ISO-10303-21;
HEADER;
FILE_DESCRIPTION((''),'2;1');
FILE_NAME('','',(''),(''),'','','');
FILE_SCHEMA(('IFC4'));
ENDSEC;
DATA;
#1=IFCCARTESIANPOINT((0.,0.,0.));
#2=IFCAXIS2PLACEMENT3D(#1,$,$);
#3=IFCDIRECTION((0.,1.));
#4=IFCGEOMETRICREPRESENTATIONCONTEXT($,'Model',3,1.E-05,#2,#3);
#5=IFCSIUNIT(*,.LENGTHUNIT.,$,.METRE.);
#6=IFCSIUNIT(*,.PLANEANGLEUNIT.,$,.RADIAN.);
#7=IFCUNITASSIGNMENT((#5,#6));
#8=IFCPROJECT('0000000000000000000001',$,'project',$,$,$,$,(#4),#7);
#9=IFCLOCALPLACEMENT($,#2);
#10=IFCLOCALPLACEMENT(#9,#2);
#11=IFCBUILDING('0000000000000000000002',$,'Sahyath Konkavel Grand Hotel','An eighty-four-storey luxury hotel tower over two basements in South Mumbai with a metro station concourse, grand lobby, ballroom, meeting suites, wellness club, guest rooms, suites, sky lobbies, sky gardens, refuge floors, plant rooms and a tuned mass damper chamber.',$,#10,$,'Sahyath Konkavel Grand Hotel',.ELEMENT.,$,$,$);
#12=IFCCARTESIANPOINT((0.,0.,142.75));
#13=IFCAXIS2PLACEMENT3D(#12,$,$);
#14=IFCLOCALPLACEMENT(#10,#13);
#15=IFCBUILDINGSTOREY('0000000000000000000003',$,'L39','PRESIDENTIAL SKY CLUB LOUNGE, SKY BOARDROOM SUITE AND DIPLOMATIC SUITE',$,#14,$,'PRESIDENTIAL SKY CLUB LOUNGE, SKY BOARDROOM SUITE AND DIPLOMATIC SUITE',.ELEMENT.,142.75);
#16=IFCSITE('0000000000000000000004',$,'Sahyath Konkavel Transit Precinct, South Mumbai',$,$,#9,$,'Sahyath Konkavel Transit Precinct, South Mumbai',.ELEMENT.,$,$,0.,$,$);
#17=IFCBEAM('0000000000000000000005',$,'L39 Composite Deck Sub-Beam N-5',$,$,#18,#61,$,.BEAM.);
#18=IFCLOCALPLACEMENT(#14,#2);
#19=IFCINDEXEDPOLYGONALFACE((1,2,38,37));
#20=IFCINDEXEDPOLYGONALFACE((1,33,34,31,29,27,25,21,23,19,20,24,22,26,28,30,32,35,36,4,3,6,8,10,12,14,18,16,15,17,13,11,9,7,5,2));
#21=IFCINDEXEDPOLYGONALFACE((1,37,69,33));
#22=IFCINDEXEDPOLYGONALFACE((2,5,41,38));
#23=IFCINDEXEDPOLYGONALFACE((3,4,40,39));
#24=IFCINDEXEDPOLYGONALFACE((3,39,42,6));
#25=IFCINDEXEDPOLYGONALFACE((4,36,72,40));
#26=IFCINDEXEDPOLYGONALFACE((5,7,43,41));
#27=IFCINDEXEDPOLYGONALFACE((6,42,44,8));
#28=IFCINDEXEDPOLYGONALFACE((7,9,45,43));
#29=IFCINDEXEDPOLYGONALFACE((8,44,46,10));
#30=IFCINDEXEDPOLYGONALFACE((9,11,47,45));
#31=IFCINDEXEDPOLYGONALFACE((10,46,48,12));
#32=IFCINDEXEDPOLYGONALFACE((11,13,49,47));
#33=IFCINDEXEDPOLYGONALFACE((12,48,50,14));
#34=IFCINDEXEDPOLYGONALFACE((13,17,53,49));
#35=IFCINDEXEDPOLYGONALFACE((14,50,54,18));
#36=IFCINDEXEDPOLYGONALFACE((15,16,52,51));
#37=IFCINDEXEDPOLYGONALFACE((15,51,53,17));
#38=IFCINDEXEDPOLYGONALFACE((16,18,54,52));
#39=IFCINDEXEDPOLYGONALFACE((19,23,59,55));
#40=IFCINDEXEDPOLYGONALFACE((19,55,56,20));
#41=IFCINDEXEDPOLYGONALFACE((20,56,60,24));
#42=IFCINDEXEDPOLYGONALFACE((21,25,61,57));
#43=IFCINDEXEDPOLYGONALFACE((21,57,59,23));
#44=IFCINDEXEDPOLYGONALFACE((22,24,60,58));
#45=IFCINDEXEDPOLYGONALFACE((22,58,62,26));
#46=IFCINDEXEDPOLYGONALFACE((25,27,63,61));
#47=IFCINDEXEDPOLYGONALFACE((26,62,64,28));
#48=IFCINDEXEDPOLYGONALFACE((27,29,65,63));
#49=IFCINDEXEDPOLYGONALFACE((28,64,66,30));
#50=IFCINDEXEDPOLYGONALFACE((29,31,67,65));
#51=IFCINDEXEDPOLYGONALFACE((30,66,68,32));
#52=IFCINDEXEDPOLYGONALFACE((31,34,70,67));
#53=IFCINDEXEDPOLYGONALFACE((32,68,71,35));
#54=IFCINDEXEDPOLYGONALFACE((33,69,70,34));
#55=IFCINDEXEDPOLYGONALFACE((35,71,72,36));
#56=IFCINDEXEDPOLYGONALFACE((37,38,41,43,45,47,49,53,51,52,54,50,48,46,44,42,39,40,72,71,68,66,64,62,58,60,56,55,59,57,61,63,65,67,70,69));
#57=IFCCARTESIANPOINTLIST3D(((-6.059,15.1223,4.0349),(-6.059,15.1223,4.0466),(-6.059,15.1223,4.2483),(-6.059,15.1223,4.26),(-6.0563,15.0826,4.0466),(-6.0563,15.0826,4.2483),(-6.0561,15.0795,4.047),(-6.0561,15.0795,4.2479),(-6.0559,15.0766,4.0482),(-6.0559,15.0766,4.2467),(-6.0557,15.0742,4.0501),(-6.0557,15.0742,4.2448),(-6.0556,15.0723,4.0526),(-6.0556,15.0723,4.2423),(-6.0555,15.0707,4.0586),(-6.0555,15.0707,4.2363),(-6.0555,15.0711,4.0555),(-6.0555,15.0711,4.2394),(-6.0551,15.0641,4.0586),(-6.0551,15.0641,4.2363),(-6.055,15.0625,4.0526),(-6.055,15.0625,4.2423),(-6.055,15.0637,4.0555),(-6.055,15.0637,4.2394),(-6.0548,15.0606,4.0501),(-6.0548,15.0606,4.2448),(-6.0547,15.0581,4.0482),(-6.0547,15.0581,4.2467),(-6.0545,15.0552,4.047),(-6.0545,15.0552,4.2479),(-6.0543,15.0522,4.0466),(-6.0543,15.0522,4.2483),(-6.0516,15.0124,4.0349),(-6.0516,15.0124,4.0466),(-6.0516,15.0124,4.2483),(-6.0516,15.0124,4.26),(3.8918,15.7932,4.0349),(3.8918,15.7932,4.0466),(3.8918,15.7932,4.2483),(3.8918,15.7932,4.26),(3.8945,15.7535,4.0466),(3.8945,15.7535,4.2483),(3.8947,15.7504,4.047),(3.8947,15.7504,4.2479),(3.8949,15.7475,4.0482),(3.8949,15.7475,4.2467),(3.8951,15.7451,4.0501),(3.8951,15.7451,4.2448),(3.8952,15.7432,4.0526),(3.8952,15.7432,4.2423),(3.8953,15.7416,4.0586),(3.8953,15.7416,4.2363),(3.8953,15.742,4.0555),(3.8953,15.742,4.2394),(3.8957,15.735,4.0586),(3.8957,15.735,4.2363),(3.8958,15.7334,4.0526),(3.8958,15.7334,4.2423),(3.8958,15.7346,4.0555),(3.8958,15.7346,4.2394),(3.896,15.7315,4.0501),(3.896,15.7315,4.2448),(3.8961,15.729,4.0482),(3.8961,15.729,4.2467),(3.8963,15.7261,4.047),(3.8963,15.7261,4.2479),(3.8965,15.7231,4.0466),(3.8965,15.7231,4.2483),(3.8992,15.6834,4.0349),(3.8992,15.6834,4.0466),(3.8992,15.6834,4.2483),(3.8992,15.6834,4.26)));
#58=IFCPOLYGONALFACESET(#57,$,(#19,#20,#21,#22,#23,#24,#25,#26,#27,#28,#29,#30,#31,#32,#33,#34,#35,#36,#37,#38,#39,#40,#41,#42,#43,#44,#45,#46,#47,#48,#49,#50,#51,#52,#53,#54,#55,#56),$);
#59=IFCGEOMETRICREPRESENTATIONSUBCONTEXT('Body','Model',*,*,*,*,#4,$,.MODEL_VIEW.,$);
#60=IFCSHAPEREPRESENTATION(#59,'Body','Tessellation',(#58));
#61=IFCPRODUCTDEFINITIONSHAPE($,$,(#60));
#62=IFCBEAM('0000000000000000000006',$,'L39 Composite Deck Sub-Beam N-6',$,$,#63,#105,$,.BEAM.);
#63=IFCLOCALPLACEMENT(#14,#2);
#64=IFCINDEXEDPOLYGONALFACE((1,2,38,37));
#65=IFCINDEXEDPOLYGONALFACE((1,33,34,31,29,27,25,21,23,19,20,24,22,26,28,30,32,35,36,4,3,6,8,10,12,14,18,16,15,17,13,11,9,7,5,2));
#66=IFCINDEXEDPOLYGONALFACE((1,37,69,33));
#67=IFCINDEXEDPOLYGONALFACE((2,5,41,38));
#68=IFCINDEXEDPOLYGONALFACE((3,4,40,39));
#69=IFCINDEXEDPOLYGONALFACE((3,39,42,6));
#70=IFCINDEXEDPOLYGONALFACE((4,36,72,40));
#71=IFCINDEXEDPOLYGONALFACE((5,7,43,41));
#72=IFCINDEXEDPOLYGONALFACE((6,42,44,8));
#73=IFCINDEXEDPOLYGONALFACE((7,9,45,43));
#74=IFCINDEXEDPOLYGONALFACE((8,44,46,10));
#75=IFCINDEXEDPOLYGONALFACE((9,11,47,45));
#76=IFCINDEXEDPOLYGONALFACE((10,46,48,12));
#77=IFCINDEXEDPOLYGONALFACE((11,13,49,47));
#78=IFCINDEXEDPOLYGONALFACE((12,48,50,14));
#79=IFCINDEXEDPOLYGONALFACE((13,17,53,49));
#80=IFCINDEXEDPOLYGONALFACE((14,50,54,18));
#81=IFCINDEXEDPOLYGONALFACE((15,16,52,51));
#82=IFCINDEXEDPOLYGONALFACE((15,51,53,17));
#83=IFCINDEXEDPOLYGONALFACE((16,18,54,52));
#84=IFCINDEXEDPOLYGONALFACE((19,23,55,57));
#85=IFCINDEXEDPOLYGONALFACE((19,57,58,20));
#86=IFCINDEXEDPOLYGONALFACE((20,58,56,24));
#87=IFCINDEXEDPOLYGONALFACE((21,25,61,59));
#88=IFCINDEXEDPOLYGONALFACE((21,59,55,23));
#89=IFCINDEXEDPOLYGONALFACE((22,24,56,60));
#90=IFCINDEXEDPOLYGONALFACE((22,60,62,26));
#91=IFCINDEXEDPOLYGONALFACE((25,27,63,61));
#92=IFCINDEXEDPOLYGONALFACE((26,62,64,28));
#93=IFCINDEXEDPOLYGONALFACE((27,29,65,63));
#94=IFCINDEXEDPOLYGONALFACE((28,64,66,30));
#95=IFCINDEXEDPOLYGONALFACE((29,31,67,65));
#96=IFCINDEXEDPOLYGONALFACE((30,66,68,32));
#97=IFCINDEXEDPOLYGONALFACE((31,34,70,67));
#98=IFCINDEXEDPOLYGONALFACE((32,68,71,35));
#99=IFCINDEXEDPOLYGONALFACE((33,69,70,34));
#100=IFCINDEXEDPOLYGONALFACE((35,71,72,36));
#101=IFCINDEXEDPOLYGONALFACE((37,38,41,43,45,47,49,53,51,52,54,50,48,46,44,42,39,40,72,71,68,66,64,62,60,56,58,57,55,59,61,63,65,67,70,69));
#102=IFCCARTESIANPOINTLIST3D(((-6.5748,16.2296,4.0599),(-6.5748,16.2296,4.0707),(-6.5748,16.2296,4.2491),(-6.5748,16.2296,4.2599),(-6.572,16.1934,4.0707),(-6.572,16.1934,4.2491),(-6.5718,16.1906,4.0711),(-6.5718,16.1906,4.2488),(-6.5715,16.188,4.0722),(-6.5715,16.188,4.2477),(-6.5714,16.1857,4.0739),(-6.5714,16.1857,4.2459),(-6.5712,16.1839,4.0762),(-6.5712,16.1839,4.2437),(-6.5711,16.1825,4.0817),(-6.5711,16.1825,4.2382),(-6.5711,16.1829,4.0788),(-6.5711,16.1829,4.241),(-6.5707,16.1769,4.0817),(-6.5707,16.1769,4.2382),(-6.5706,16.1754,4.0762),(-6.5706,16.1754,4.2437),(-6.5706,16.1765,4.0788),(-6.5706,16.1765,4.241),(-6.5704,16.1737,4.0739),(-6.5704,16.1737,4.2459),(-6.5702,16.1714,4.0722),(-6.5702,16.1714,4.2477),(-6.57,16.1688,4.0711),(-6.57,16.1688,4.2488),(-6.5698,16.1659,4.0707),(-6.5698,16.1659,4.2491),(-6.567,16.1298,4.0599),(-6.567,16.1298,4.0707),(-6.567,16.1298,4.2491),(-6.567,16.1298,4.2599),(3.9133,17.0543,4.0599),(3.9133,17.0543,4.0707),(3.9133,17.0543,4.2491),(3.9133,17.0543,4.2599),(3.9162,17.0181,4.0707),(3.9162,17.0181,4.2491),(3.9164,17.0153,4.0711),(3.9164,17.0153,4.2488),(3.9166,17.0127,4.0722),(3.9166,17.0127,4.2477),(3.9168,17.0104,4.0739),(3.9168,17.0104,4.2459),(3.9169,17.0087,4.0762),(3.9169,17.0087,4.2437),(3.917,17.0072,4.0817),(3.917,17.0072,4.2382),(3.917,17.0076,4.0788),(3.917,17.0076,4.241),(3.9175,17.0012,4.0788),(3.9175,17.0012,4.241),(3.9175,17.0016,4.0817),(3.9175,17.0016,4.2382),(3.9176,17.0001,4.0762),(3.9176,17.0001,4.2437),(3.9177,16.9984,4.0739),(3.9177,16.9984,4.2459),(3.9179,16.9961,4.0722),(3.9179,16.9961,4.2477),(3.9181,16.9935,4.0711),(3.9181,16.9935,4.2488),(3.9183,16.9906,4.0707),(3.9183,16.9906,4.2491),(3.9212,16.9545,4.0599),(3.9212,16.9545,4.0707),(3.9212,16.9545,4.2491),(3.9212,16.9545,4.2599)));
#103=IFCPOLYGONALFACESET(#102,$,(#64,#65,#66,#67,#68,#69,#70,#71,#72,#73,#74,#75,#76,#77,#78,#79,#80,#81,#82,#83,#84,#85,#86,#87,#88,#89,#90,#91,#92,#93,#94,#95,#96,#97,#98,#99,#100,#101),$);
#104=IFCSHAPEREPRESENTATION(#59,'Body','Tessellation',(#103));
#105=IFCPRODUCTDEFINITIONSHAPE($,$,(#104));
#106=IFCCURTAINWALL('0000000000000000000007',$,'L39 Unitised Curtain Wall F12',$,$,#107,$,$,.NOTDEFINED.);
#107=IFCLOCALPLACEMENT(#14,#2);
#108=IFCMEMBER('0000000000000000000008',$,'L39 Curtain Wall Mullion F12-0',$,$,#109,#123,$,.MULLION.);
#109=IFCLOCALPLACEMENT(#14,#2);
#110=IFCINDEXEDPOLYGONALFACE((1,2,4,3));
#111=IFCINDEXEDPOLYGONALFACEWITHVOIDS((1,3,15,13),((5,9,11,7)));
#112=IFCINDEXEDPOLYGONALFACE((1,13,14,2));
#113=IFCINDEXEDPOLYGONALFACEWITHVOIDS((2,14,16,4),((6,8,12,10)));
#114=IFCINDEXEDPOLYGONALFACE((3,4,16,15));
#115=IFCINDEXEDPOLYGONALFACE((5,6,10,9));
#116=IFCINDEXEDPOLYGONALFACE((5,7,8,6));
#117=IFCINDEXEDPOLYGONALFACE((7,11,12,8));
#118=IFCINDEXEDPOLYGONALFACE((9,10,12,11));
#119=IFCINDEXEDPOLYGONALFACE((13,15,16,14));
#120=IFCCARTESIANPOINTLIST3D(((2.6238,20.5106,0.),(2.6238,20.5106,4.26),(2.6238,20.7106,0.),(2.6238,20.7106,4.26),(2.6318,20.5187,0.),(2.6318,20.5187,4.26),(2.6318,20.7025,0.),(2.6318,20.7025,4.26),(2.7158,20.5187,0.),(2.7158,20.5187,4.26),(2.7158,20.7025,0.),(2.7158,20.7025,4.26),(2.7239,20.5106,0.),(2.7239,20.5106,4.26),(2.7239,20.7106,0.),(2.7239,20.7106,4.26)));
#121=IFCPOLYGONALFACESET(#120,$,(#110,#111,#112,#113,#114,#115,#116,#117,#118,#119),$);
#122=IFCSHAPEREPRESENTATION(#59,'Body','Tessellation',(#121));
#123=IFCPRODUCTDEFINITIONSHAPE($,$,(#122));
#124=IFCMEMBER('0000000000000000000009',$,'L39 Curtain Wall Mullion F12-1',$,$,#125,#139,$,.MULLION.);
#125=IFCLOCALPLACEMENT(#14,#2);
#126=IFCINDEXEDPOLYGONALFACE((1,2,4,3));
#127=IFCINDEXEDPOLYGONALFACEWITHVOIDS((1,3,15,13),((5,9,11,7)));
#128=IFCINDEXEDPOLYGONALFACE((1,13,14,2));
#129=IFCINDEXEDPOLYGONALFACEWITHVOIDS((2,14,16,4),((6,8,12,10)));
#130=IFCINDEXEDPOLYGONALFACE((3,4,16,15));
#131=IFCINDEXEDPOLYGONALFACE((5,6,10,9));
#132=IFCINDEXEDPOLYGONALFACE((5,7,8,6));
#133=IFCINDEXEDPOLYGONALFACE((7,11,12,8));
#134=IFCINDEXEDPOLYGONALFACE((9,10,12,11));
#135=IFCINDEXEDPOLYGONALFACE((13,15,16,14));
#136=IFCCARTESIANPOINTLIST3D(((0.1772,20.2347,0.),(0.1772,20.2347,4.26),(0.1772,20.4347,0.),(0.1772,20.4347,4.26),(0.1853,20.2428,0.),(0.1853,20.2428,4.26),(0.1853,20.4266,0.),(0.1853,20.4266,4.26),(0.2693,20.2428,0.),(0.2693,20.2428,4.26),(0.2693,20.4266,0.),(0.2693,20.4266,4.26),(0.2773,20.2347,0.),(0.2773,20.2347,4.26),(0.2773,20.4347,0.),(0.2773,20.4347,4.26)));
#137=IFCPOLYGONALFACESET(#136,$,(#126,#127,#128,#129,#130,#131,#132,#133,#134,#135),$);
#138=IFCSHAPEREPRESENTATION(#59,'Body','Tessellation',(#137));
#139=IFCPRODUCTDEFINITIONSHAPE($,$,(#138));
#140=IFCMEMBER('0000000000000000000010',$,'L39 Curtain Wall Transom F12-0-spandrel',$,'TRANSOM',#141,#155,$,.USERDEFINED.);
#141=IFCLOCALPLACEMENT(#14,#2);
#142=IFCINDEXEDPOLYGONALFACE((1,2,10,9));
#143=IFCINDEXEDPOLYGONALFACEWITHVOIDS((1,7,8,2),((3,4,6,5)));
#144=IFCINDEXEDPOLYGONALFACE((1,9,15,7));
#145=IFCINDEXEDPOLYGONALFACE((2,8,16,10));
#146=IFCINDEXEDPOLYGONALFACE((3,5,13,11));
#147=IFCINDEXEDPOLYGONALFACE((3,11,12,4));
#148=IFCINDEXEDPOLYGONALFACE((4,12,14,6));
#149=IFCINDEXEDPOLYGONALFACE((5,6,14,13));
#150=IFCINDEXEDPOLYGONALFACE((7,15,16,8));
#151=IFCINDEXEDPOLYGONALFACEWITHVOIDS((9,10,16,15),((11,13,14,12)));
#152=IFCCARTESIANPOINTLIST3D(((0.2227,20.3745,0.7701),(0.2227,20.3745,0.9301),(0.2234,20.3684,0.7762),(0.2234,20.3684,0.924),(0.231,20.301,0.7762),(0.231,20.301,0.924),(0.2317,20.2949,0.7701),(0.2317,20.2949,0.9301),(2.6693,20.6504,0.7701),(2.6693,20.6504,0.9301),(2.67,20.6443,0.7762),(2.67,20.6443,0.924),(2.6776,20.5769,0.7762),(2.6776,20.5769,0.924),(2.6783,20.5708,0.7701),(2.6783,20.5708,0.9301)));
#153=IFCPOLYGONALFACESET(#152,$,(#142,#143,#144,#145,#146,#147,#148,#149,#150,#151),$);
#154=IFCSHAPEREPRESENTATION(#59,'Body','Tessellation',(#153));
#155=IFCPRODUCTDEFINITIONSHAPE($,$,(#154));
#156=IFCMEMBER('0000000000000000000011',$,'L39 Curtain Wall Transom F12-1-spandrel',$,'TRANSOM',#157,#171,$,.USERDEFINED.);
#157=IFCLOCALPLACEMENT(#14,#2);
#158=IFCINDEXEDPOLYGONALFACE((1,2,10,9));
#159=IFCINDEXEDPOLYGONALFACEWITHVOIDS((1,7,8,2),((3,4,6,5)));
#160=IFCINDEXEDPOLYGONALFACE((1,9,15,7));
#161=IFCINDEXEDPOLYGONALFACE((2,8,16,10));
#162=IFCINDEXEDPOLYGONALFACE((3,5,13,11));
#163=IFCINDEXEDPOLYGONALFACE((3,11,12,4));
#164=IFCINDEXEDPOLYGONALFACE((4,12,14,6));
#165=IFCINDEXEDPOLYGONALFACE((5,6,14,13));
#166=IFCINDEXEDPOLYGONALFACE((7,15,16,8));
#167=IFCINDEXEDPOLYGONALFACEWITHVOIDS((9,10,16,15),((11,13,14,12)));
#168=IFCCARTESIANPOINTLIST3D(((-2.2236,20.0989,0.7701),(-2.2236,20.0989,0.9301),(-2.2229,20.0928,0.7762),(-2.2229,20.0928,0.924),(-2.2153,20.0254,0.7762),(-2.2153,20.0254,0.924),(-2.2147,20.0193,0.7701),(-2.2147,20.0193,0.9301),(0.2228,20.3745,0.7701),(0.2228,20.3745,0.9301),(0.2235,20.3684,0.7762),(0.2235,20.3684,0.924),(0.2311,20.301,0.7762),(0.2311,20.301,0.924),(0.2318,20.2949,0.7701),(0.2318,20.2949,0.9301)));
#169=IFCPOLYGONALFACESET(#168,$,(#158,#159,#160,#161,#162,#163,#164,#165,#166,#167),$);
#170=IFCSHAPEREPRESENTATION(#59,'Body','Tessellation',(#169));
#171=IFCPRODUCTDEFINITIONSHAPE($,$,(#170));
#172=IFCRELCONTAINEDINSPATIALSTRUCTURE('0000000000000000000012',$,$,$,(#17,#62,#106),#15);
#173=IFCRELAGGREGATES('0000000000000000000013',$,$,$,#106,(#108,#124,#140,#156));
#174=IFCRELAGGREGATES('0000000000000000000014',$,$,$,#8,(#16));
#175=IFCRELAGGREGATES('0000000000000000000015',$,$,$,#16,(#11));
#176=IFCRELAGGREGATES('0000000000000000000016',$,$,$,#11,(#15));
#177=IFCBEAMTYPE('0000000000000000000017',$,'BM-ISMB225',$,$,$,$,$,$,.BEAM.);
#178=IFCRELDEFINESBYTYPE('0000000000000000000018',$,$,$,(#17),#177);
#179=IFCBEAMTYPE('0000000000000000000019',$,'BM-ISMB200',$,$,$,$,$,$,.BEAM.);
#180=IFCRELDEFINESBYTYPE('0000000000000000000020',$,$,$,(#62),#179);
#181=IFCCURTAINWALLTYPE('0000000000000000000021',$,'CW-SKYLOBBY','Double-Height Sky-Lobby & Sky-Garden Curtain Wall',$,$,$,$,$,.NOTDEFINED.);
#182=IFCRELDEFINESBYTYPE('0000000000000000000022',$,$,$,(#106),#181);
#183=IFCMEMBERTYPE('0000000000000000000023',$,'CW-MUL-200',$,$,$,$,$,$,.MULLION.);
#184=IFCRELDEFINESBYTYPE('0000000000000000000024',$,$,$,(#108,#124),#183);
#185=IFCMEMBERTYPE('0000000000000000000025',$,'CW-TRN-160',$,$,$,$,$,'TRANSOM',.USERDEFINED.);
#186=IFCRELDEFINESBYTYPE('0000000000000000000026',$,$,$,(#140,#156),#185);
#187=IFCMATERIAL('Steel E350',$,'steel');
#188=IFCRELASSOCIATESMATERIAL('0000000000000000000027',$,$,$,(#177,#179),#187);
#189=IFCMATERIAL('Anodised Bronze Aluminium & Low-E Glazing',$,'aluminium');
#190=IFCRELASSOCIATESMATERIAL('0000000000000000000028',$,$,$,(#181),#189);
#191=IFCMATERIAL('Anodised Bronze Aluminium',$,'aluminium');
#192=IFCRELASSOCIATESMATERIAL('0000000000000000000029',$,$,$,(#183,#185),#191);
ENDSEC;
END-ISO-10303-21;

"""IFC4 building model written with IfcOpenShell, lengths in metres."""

from ifc_helpers import new_model, si_unit, direction, frame, origin, origin_2d, place, context, subcontext, project, spatial, hollow_rectangle, i_section, extrude, source, transform, mapped, material, material_profile, profile_set, type_object, element, aggregate, save


model = new_model("IFC4")

# Units and contexts
model_context = context("Model", 3, precision=1e-05, world=origin(), true_north=direction((0.0, 1.0)))
body_context = subcontext(model_context, "Body", "Model", "MODEL_VIEW")
ifc_project = project(units=[si_unit("LENGTHUNIT", "METRE"), si_unit("PLANEANGLEUNIT", "RADIAN")], contexts=[model_context])

# Site, building, storey
site_placement = place(None, origin())
site = spatial("IfcSite", under=ifc_project, at=site_placement, Name="Sahyath Konkavel Transit Precinct, South Mumbai", LongName="Sahyath Konkavel Transit Precinct, South Mumbai", CompositionType="ELEMENT", RefElevation=0.0)
building_placement = place(site_placement, origin())
building = spatial("IfcBuilding", under=site, at=building_placement, Name="Sahyath Konkavel Grand Hotel", Description="An eighty-four-storey luxury hotel tower over two basements in South Mumbai with a metro station concourse, grand lobby, ballroom, meeting suites, wellness club, guest rooms, suites, sky lobbies, sky gardens, refuge floors, plant rooms and a tuned mass damper chamber.", LongName="Sahyath Konkavel Grand Hotel", CompositionType="ELEMENT")
storey_placement = place(building_placement, frame((0.0, 0.0, 142.75)))
storey = spatial("IfcBuildingStorey", under=building, at=storey_placement, Name="L39", Description="PRESIDENTIAL SKY CLUB LOUNGE, SKY BOARDROOM SUITE AND DIPLOMATIC SUITE", LongName="PRESIDENTIAL SKY CLUB LOUNGE, SKY BOARDROOM SUITE AND DIPLOMATIC SUITE", CompositionType="ELEMENT", Elevation=142.75)

# Beams
ifc_material_1 = material(Name="Steel E350", Category="steel")
ifc_material_profile_1 = material_profile(ifc_material_1, i_section(OverallWidth=0.1101, OverallDepth=0.2251, WebThickness=0.0066, FlangeThickness=0.0117, FilletRadius=0.012, at=origin_2d()), Name="ISMB 225")
ifc_profile_set_1 = profile_set([ifc_material_profile_1], Name="Steel E350")
beam_type_1 = type_object("IfcBeamType", Name="BM-ISMB225", PredefinedType="BEAM", material=ifc_profile_set_1)
shared_shape_1 = source(origin(), body_context, "Body", "SweptSolid", [
    extrude(i_section(OverallWidth=0.1101, OverallDepth=0.2251, WebThickness=0.0066, FlangeThickness=0.0117, FilletRadius=0.012, at=origin_2d()), origin(), (0.0, 0.0, 1.0), 9.9734),
])
beam_1_placement = place(storey_placement, frame((3.8955, 15.7383, 4.1475), z_axis=(-0.997735, -0.06727, 0.0), x_axis=(0.06727, -0.997735, 0.0)))
element("IfcBeam", 1, at=beam_1_placement, inside=storey, type_object=beam_type_1, Name="L39 Composite Deck Sub-Beam N-5", PredefinedType="BEAM", context=body_context, shape_type="MappedRepresentation", body=[
    mapped(shared_shape_1, transform((0.0, 0.0, 0.0), scale=1.0)),
])
ifc_material_profile_2 = material_profile(ifc_material_1, i_section(OverallWidth=0.1001, OverallDepth=0.2, WebThickness=0.0056, FlangeThickness=0.0107, FilletRadius=0.011, at=origin_2d()), Name="ISMB 200")
ifc_profile_set_2 = profile_set([ifc_material_profile_2], Name="Steel E350")
beam_type_2 = type_object("IfcBeamType", Name="BM-ISMB200", PredefinedType="BEAM", material=ifc_profile_set_2)
shared_shape_2 = source(origin(), body_context, "Body", "SweptSolid", [
    extrude(i_section(OverallWidth=0.1001, OverallDepth=0.2, WebThickness=0.0056, FlangeThickness=0.0107, FilletRadius=0.011, at=origin_2d()), origin(), (0.0, 0.0, 1.0), 10.5205),
])
beam_2_placement = place(storey_placement, frame((3.9172, 17.0044, 4.1599), z_axis=(-0.996923, -0.078391, 0.0), x_axis=(0.078391, -0.996923, 0.0)))
element("IfcBeam", 2, at=beam_2_placement, inside=storey, type_object=beam_type_2, Name="L39 Composite Deck Sub-Beam N-6", PredefinedType="BEAM", context=body_context, shape_type="MappedRepresentation", body=[
    mapped(shared_shape_2, transform((0.0, 0.0, 0.0), scale=1.0)),
])

# Curtain wall, members
ifc_material_2 = material(Name="Anodised Bronze Aluminium & Low-E Glazing", Category="aluminium")
curtain_wall_type = type_object("IfcCurtainWallType", Name="CW-SKYLOBBY", Description="Double-Height Sky-Lobby & Sky-Garden Curtain Wall", PredefinedType="NOTDEFINED", material=ifc_material_2)
curtain_wall_placement = place(storey_placement, origin())
curtain_wall = element("IfcCurtainWall", 3, at=curtain_wall_placement, inside=storey, type_object=curtain_wall_type, Name="L39 Unitised Curtain Wall F12", PredefinedType="NOTDEFINED")
ifc_material_3 = material(Name="Anodised Bronze Aluminium", Category="aluminium")
ifc_material_profile_3 = material_profile(ifc_material_3, hollow_rectangle(XDim=0.1001, YDim=0.2, WallThickness=0.0081, at=origin_2d()), Name="RHS 200x100x8")
ifc_profile_set_3 = profile_set([ifc_material_profile_3], Name="Anodised Bronze Aluminium")
member_type_1 = type_object("IfcMemberType", Name="CW-MUL-200", PredefinedType="MULLION", material=ifc_profile_set_3)
shared_shape_3 = source(origin(), body_context, "Body", "SweptSolid", [
    extrude(hollow_rectangle(XDim=0.1001, YDim=0.2, WallThickness=0.0081, at=origin_2d()), origin(), (0.0, 0.0, 1.0), 4.26),
])
member_1_placement = place(storey_placement, frame((2.6738, 20.6106, 0.0), z_axis=(0.0, 0.0, 1.0), x_axis=(1.0, 0.0, 0.0)))
member_1 = element("IfcMember", 4, at=member_1_placement, type_object=member_type_1, Name="L39 Curtain Wall Mullion F12-0", PredefinedType="MULLION", context=body_context, shape_type="MappedRepresentation", body=[
    mapped(shared_shape_3, transform((0.0, 0.0, 0.0), scale=1.0)),
])
member_2_placement = place(storey_placement, frame((0.2273, 20.3347, 0.0), z_axis=(0.0, 0.0, 1.0), x_axis=(1.0, 0.0, 0.0)))
member_2 = element("IfcMember", 5, at=member_2_placement, type_object=member_type_1, Name="L39 Curtain Wall Mullion F12-1", PredefinedType="MULLION", context=body_context, shape_type="MappedRepresentation", body=[
    mapped(shared_shape_3, transform((0.0, 0.0, 0.0), scale=1.0)),
])
ifc_material_profile_4 = material_profile(ifc_material_3, hollow_rectangle(XDim=0.0801, YDim=0.1599, WallThickness=0.0061, at=origin_2d()), Name="RHS 160x80x6")
ifc_profile_set_4 = profile_set([ifc_material_profile_4], Name="Anodised Bronze Aluminium")
member_type_2 = type_object("IfcMemberType", Name="CW-TRN-160", ElementType="TRANSOM", PredefinedType="USERDEFINED", material=ifc_profile_set_4)
shared_shape_4 = source(origin(), body_context, "Body", "SweptSolid", [
    extrude(hollow_rectangle(XDim=0.0801, YDim=0.1599, WallThickness=0.0061, at=origin_2d()), origin(), (0.0, 0.0, 1.0), 2.4622),
])
member_3_placement = place(storey_placement, frame((2.6738, 20.6106, 0.8501), z_axis=(-0.993702, -0.112053, 0.0), x_axis=(0.112053, -0.993702, 0.0)))
member_3 = element("IfcMember", 6, at=member_3_placement, type_object=member_type_2, Name="L39 Curtain Wall Transom F12-0-spandrel", ObjectType="TRANSOM", PredefinedType="USERDEFINED", context=body_context, shape_type="MappedRepresentation", body=[
    mapped(shared_shape_4, transform((0.0, 0.0, 0.0), scale=1.0)),
])
shared_shape_5 = source(origin(), body_context, "Body", "SweptSolid", [
    extrude(hollow_rectangle(XDim=0.0801, YDim=0.1599, WallThickness=0.0061, at=origin_2d()), origin(), (0.0, 0.0, 1.0), 2.4619),
])
member_4_placement = place(storey_placement, frame((0.2273, 20.3347, 0.8501), z_axis=(-0.993713, -0.111955, 0.0), x_axis=(0.111955, -0.993713, 0.0)))
member_4 = element("IfcMember", 7, at=member_4_placement, type_object=member_type_2, Name="L39 Curtain Wall Transom F12-1-spandrel", ObjectType="TRANSOM", PredefinedType="USERDEFINED", context=body_context, shape_type="MappedRepresentation", body=[
    mapped(shared_shape_5, transform((0.0, 0.0, 0.0), scale=1.0)),
])

aggregate(curtain_wall, [member_1, member_2, member_3, member_4])

save(model, "model.ifc")
